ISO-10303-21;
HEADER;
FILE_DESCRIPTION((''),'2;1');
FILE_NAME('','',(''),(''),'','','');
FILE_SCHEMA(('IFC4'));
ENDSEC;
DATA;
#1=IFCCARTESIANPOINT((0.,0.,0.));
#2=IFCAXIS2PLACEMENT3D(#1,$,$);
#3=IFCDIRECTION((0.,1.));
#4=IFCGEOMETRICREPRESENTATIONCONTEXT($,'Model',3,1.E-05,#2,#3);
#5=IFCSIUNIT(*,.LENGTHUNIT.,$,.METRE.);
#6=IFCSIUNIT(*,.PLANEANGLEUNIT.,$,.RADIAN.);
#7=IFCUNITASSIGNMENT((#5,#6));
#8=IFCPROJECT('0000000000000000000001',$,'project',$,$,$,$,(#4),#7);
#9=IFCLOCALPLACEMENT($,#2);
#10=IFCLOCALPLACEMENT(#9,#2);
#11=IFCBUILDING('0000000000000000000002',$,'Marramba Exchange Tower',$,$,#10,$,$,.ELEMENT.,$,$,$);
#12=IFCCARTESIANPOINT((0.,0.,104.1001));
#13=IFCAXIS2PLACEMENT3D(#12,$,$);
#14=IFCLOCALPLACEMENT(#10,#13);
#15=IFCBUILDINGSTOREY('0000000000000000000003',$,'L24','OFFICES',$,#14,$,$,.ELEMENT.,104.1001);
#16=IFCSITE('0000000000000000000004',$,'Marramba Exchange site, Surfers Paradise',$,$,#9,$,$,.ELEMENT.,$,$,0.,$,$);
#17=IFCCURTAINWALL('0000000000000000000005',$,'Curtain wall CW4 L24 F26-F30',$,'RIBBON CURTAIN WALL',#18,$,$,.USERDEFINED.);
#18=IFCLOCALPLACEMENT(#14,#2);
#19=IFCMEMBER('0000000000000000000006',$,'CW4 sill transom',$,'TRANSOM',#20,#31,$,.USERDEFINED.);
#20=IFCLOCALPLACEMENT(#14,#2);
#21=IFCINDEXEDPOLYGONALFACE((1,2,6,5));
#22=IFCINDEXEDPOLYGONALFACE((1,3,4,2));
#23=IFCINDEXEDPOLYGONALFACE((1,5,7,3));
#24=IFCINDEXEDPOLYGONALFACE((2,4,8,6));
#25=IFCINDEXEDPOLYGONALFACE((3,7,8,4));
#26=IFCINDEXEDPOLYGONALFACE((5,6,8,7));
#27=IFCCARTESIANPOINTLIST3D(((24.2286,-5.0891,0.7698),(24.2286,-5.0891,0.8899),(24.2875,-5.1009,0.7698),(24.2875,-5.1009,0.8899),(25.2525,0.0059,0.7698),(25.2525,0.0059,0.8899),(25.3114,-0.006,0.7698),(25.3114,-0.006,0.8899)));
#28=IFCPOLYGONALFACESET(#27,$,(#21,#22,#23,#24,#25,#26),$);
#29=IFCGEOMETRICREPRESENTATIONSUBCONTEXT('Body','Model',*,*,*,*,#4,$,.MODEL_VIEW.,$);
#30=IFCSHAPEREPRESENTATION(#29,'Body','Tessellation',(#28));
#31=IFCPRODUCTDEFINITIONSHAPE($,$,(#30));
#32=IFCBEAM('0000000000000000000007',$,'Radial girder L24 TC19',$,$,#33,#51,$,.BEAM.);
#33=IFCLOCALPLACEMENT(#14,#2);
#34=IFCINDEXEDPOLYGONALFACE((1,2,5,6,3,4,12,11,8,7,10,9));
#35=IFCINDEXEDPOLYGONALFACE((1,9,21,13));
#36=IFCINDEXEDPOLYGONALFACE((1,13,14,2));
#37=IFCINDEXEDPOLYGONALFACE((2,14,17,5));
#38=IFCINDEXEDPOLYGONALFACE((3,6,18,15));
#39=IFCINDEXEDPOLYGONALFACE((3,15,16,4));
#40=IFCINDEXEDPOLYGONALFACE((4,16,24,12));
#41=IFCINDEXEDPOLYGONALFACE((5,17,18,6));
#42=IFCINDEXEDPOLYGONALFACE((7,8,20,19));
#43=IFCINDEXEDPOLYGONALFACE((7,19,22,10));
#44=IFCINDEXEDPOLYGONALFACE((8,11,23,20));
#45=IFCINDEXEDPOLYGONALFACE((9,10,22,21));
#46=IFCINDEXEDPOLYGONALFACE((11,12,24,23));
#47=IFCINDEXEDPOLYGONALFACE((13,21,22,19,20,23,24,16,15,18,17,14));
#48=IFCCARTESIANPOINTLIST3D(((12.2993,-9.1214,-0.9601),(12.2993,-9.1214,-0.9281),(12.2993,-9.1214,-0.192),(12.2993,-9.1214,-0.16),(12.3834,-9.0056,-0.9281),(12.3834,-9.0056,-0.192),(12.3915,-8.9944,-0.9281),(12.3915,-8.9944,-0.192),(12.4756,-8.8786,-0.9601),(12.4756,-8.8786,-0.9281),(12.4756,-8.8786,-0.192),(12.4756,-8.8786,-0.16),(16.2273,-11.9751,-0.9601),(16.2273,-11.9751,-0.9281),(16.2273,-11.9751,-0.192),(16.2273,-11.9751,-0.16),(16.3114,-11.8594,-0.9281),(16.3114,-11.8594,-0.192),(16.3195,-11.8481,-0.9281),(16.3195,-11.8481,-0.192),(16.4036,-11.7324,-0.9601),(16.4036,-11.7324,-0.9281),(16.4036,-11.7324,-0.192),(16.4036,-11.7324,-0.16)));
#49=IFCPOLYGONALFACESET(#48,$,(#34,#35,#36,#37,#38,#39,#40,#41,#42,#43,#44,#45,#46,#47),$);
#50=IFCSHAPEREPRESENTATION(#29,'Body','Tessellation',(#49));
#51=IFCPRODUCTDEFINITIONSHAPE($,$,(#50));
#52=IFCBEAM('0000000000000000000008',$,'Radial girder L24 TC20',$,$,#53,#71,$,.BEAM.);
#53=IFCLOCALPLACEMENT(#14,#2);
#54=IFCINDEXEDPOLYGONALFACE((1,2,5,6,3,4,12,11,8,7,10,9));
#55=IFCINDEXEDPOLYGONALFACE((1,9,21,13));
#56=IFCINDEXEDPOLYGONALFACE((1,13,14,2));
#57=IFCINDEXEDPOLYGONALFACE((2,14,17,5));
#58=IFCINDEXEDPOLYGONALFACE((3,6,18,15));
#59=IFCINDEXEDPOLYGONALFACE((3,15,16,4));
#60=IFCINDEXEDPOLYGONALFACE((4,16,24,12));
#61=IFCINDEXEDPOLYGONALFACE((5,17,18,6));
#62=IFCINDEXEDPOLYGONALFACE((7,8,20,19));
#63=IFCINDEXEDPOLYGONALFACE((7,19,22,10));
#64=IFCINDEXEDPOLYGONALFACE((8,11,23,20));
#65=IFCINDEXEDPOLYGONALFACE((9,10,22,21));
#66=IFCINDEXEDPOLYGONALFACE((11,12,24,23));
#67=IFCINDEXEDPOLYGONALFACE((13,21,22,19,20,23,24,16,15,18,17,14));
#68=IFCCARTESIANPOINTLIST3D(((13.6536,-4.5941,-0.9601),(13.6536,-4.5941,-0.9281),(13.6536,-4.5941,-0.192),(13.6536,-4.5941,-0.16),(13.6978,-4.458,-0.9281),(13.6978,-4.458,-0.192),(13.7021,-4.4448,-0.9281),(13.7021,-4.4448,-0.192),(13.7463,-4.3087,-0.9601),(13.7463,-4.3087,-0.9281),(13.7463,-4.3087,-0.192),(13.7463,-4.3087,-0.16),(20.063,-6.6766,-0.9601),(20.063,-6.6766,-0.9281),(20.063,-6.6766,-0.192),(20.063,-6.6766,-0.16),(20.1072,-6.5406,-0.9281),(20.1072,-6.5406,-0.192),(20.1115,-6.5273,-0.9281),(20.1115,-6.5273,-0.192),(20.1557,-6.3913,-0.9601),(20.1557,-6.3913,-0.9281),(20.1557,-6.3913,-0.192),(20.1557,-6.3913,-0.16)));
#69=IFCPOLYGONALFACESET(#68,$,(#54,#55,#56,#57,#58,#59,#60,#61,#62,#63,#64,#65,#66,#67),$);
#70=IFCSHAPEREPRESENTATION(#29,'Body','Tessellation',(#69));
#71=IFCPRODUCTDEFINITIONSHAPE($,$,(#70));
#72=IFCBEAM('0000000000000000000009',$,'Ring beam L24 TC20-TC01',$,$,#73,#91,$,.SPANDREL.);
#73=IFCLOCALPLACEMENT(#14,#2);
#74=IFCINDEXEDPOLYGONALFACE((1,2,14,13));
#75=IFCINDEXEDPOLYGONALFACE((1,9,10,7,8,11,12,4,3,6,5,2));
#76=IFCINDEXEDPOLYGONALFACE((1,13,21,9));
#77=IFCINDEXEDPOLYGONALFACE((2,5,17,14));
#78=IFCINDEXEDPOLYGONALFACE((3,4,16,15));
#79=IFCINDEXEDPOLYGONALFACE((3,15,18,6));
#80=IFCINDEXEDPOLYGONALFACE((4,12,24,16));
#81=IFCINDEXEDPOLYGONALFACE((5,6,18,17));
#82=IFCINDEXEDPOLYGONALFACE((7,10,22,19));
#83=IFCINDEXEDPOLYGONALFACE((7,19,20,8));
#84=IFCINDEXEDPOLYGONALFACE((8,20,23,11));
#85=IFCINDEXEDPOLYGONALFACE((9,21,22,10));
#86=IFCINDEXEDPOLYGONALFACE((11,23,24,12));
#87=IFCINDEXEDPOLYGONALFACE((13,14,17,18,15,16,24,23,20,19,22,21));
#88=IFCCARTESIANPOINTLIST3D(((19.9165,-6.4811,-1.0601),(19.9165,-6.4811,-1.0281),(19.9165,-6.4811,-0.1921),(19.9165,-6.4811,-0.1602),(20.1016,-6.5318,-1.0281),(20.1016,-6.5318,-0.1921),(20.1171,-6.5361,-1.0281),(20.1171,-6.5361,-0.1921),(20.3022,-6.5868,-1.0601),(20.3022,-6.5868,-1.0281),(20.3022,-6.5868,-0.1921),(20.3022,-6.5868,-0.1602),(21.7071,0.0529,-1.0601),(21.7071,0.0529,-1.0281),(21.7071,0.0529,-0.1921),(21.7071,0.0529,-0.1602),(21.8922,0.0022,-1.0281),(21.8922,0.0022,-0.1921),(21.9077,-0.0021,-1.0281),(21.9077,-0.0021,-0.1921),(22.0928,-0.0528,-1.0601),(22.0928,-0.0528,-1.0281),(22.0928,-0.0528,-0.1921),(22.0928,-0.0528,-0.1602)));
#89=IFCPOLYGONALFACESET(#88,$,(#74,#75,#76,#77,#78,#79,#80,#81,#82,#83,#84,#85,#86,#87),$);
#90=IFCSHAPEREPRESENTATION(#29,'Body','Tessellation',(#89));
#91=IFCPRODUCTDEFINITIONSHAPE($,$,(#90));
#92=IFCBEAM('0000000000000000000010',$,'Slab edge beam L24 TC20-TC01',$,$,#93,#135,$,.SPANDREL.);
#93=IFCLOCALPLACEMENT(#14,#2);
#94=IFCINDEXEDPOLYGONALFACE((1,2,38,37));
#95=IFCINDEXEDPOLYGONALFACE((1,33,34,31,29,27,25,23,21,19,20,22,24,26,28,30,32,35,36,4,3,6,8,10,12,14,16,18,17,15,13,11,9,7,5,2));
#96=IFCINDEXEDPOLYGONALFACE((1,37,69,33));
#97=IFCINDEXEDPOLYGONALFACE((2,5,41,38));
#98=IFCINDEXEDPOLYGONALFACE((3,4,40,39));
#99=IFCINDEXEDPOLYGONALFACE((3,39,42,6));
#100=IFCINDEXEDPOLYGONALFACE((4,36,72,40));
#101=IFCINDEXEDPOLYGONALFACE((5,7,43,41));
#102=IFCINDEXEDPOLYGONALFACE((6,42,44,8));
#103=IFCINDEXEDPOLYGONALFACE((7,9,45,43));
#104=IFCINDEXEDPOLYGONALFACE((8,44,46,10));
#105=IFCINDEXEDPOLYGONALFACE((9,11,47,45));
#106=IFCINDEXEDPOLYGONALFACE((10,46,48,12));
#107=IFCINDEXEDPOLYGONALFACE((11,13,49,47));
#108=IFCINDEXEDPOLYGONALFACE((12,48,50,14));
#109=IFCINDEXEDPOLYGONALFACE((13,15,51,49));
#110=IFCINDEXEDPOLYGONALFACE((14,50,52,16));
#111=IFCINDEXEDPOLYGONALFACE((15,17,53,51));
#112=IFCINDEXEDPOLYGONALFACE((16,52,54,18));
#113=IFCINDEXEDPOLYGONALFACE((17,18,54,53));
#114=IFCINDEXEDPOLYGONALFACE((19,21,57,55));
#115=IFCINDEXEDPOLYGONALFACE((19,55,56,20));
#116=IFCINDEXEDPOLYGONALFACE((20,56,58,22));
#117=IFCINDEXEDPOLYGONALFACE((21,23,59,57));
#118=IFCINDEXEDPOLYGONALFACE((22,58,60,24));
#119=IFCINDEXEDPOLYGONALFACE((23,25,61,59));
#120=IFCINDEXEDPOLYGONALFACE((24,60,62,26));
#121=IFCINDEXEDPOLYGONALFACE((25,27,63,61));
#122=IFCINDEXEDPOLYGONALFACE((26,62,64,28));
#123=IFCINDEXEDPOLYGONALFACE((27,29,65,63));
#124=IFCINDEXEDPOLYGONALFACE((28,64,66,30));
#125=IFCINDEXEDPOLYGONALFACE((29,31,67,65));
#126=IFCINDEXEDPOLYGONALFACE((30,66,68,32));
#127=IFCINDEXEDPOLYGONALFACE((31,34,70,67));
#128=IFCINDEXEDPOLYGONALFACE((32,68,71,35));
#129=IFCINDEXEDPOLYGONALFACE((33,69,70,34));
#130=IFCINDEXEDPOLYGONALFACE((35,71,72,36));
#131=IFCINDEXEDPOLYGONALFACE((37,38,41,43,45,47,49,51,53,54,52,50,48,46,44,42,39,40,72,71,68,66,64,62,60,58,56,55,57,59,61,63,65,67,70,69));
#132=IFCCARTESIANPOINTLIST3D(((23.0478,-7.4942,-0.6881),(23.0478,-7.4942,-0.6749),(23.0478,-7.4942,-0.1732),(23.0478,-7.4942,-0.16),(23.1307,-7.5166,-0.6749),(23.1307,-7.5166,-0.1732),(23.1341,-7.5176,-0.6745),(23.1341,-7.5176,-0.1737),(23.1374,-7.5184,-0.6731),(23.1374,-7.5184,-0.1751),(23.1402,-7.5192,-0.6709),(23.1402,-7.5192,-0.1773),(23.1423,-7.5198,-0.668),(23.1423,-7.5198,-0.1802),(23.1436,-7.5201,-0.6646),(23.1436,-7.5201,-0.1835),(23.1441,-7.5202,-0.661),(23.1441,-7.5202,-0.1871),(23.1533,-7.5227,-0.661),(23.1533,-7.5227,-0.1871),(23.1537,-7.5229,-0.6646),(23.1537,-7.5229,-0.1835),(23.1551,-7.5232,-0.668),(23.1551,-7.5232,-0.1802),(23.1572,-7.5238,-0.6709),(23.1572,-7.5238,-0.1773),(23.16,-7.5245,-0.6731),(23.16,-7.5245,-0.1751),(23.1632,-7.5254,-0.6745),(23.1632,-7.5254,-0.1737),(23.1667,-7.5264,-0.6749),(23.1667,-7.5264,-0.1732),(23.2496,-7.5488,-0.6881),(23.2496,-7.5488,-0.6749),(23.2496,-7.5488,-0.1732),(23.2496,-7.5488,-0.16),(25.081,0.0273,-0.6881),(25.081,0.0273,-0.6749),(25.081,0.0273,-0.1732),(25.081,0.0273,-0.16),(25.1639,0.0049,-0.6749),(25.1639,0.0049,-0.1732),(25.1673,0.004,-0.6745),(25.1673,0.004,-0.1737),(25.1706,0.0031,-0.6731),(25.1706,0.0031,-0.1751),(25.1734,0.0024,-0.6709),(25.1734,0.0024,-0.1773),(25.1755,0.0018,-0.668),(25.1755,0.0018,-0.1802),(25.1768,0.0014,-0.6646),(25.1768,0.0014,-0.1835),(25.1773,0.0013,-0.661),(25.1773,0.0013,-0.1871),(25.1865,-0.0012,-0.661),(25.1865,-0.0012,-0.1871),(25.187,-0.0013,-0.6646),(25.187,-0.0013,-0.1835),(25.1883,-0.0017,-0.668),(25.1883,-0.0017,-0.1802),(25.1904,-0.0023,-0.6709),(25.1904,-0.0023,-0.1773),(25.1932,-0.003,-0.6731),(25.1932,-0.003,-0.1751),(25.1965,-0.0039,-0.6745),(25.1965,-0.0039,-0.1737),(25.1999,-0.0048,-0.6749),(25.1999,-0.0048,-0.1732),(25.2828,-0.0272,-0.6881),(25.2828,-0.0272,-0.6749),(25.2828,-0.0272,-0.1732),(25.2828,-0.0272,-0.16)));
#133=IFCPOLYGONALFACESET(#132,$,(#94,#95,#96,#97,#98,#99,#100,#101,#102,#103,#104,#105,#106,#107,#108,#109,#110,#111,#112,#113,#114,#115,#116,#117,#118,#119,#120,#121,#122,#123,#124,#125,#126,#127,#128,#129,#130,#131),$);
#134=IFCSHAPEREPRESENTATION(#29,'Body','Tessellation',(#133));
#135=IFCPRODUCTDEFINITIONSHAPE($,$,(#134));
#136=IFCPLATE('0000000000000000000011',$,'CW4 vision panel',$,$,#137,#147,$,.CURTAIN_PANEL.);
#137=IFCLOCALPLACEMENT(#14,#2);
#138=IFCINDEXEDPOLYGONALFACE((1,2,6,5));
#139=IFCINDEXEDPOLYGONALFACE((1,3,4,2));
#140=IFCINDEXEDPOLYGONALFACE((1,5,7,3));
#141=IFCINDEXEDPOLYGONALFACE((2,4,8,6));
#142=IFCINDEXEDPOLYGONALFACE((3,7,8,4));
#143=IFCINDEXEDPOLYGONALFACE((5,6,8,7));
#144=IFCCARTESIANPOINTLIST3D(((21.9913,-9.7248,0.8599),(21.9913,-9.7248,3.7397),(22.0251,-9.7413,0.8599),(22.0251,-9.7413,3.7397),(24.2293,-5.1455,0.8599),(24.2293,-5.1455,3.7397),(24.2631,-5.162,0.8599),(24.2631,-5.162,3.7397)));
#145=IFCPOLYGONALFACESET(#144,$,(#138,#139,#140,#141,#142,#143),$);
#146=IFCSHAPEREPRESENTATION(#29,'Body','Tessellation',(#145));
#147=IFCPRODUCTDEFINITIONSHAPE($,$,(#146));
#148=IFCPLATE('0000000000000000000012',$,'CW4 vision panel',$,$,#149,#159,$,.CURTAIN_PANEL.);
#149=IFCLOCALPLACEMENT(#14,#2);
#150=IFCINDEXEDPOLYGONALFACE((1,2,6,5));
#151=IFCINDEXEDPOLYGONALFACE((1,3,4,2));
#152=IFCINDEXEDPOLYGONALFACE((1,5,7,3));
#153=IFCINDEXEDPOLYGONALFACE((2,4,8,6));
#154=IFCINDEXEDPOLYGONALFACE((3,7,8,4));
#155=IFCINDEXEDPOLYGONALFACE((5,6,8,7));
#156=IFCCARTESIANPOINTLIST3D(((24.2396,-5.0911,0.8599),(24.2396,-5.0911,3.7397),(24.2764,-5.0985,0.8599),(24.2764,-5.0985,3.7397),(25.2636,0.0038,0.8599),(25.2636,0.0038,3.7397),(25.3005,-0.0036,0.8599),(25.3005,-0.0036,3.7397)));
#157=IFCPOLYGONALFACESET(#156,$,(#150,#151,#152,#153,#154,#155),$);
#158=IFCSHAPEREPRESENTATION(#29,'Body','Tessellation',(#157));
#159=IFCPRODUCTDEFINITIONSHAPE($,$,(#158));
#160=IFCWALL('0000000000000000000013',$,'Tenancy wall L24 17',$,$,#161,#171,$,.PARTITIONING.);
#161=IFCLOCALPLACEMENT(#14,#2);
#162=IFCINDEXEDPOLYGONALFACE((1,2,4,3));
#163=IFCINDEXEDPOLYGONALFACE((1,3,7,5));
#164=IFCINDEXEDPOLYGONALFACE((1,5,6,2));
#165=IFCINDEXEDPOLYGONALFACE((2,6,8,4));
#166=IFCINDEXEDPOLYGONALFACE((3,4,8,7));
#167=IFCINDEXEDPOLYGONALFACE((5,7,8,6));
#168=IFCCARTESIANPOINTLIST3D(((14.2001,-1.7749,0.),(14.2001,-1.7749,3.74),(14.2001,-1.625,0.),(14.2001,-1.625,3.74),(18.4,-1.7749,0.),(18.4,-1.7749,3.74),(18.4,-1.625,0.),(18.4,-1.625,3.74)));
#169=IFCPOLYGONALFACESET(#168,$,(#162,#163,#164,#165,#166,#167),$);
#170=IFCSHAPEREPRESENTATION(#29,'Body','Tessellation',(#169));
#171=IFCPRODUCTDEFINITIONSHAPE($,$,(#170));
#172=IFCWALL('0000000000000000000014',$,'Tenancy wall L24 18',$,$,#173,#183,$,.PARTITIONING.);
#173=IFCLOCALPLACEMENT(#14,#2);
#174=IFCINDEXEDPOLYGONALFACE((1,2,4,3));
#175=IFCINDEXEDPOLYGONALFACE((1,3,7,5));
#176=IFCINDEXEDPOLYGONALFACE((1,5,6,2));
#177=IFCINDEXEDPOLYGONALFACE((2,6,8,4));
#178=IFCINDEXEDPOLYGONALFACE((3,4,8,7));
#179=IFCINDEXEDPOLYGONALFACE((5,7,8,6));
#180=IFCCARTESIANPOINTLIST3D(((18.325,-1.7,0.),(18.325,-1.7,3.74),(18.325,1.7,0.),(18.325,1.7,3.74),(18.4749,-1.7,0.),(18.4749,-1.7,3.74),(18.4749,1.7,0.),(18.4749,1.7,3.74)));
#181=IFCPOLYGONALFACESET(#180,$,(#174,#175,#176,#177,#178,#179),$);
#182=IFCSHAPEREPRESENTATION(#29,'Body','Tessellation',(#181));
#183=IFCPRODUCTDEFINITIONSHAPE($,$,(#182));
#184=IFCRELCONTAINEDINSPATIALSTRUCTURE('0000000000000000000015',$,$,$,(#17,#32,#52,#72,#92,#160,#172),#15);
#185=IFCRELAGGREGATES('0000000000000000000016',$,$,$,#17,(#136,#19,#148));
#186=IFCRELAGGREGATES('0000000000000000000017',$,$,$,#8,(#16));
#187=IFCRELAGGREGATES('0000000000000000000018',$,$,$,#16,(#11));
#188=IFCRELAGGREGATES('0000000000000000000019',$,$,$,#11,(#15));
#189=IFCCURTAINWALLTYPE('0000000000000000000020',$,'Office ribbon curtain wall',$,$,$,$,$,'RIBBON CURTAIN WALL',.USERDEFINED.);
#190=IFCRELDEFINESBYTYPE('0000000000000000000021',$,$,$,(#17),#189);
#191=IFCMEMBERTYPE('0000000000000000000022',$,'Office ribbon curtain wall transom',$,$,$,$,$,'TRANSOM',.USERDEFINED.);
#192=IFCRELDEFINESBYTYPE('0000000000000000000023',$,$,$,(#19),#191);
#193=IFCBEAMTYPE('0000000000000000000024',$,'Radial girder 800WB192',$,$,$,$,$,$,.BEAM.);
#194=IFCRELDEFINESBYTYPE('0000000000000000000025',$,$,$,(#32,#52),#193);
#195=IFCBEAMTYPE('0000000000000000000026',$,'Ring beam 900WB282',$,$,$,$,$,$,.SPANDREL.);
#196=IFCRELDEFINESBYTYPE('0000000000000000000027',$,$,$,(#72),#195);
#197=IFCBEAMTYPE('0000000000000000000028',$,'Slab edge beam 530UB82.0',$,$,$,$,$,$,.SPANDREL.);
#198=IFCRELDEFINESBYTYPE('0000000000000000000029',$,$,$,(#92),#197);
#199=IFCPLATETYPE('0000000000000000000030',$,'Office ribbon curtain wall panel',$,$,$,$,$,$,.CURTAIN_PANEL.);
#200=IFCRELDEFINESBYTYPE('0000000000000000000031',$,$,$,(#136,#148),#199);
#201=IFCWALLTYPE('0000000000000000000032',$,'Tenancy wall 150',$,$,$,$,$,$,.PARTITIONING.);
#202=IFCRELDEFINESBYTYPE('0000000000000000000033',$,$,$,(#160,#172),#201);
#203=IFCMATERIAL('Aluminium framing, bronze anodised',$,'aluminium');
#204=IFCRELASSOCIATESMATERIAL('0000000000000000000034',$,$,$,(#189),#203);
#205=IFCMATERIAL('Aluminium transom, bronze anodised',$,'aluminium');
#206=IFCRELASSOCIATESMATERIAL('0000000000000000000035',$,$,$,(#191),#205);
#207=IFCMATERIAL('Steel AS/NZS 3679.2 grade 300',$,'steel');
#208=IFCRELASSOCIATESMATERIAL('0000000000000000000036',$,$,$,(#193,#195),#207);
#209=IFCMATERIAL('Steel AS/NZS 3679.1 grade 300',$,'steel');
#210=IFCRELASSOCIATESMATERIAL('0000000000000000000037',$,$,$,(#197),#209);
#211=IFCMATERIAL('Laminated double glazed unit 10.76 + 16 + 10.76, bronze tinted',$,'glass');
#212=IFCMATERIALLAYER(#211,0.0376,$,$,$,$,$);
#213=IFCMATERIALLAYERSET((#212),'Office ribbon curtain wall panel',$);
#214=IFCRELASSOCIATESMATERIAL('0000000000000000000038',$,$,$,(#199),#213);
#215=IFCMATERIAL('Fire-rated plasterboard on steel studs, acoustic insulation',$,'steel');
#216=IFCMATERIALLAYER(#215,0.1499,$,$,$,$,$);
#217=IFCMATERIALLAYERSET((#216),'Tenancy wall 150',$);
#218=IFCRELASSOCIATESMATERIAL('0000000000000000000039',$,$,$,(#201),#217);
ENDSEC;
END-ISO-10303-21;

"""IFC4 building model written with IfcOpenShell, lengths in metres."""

from ifc_helpers import new_model, si_unit, direction, frame, frame_2d, origin, origin_2d, place, context, subcontext, project, spatial, rectangle, i_section, extrude, material, layer, layer_set, material_profile, profile_set, type_object, element, aggregate, save


model = new_model("IFC4")

# Units and contexts
model_context = context("Model", 3, precision=1e-05, world=origin(), true_north=direction((0.0, 1.0)))
body_context = subcontext(model_context, "Body", "Model", "MODEL_VIEW")
ifc_project = project(units=[si_unit("LENGTHUNIT", "METRE"), si_unit("PLANEANGLEUNIT", "RADIAN")], contexts=[model_context])

# Site, building, storey
site_placement = place(None, origin())
site = spatial("IfcSite", under=ifc_project, at=site_placement, Name="Marramba Exchange site, Surfers Paradise", CompositionType="ELEMENT", RefElevation=0.0)
building_placement = place(site_placement, origin())
building = spatial("IfcBuilding", under=site, at=building_placement, Name="Marramba Exchange Tower", CompositionType="ELEMENT")
storey_placement = place(building_placement, frame((0.0, 0.0, 104.1001)))
storey = spatial("IfcBuildingStorey", under=building, at=storey_placement, Name="L24", Description="OFFICES", CompositionType="ELEMENT", Elevation=104.1001)

# Shared definitions
ifc_material_1 = material(Name="Steel AS/NZS 3679.2 grade 300", Category="steel")
ifc_material_2 = material(Name="Steel AS/NZS 3679.1 grade 300", Category="steel")

# Curtain wall, member
ifc_material_3 = material(Name="Aluminium framing, bronze anodised", Category="aluminium")
curtain_wall_type = type_object("IfcCurtainWallType", Name="Office ribbon curtain wall", ElementType="RIBBON CURTAIN WALL", PredefinedType="USERDEFINED", material=ifc_material_3)
curtain_wall_placement = place(storey_placement, origin())
curtain_wall = element("IfcCurtainWall", 1, at=curtain_wall_placement, inside=storey, type_object=curtain_wall_type, Name="Curtain wall CW4 L24 F26-F30", ObjectType="RIBBON CURTAIN WALL", PredefinedType="USERDEFINED")
ifc_material_4 = material(Name="Aluminium transom, bronze anodised", Category="aluminium")
ifc_material_profile_1 = material_profile(ifc_material_4, rectangle(XDim=0.0601, YDim=0.1201, at=origin_2d()), Name="CW4 transom 60x120")
ifc_profile_set_1 = profile_set([ifc_material_profile_1], Name="Aluminium transom, bronze anodised")
member_type_1 = type_object("IfcMemberType", Name="Office ribbon curtain wall transom", ElementType="TRANSOM", PredefinedType="USERDEFINED", material=ifc_profile_set_1)
member_1_placement = place(storey_placement, frame((24.2581, -5.095, 0.8298), z_axis=(0.197029, 0.980398, 0.0), x_axis=(-0.980398, 0.197029, 0.0)))
member_1 = element("IfcMember", 2, at=member_1_placement, type_object=member_type_1, Name="CW4 sill transom", ObjectType="TRANSOM", PredefinedType="USERDEFINED", context=body_context, shape_type="SweptSolid", body=[
    extrude(rectangle(XDim=0.0601, YDim=0.1201, at=origin_2d()), origin(), (0.0, 0.0, 1.0), 5.1968),
])

# Beams
ifc_material_profile_2 = material_profile(ifc_material_1, i_section(OverallWidth=0.3, OverallDepth=0.8, WebThickness=0.0139, FlangeThickness=0.032, at=origin_2d()), Name="800WB192")
ifc_profile_set_2 = profile_set([ifc_material_profile_2], Name="Steel AS/NZS 3679.2 grade 300")
beam_type_1 = type_object("IfcBeamType", Name="Radial girder 800WB192", PredefinedType="BEAM", material=ifc_profile_set_2)
beam_1_placement = place(storey_placement, frame((12.3875, -9.0, -0.5601), z_axis=(0.809025, -0.587774, 0.0), x_axis=(0.587774, 0.809025, 0.0)))
element("IfcBeam", 3, at=beam_1_placement, inside=storey, type_object=beam_type_1, Name="Radial girder L24 TC19", PredefinedType="BEAM", context=body_context, shape_type="SweptSolid", body=[
    extrude(i_section(OverallWidth=0.3, OverallDepth=0.8, WebThickness=0.0139, FlangeThickness=0.032, at=origin_2d()), origin(), (0.0, 0.0, 1.0), 4.8552),
])
beam_2_placement = place(storey_placement, frame((13.7, -4.4514, -0.5601), z_axis=(0.951058, -0.309013, 0.0), x_axis=(0.309013, 0.951058, 0.0)))
element("IfcBeam", 4, at=beam_2_placement, inside=storey, type_object=beam_type_1, Name="Radial girder L24 TC20", PredefinedType="BEAM", context=body_context, shape_type="SweptSolid", body=[
    extrude(i_section(OverallWidth=0.3, OverallDepth=0.8, WebThickness=0.0139, FlangeThickness=0.032, at=origin_2d()), origin(), (0.0, 0.0, 1.0), 6.7393),
])
ifc_material_profile_3 = material_profile(ifc_material_1, i_section(OverallWidth=0.3999, OverallDepth=0.8999, WebThickness=0.0161, FlangeThickness=0.032, at=origin_2d()), Name="900WB282")
ifc_profile_set_3 = profile_set([ifc_material_profile_3], Name="Steel AS/NZS 3679.2 grade 300")
beam_type_2 = type_object("IfcBeamType", Name="Ring beam 900WB282", PredefinedType="SPANDREL", material=ifc_profile_set_3)
beam_3_placement = place(storey_placement, frame((20.1094, -6.5339, -0.6101), z_axis=(0.264291, 0.964443, 0.0), x_axis=(-0.964443, 0.264291, 0.0)))
element("IfcBeam", 5, at=beam_3_placement, inside=storey, type_object=beam_type_2, Name="Ring beam L24 TC20-TC01", PredefinedType="SPANDREL", context=body_context, shape_type="SweptSolid", body=[
    extrude(i_section(OverallWidth=0.3999, OverallDepth=0.8999, WebThickness=0.0161, FlangeThickness=0.032, at=origin_2d()), origin(), (0.0, 0.0, 1.0), 6.7749),
])
ifc_material_profile_4 = material_profile(ifc_material_2, i_section(OverallWidth=0.209, OverallDepth=0.5281, WebThickness=0.0095, FlangeThickness=0.0132, FilletRadius=0.0139, at=origin_2d()), Name="530UB82.0")
ifc_profile_set_4 = profile_set([ifc_material_profile_4], Name="Steel AS/NZS 3679.1 grade 300")
beam_type_3 = type_object("IfcBeamType", Name="Slab edge beam 530UB82.0", PredefinedType="SPANDREL", material=ifc_profile_set_4)
beam_4_placement = place(storey_placement, frame((23.1487, -7.5215, -0.4241), z_axis=(0.260953, 0.965351, 0.0), x_axis=(-0.965351, 0.260953, 0.0)))
element("IfcBeam", 6, at=beam_4_placement, inside=storey, type_object=beam_type_3, Name="Slab edge beam L24 TC20-TC01", PredefinedType="SPANDREL", context=body_context, shape_type="SweptSolid", body=[
    extrude(i_section(OverallWidth=0.209, OverallDepth=0.5281, WebThickness=0.0095, FlangeThickness=0.0132, FilletRadius=0.0139, at=origin_2d()), origin(), (0.0, 0.0, 1.0), 7.7915),
])

# Plates
ifc_material_5 = material(Name="Laminated double glazed unit 10.76 + 16 + 10.76, bronze tinted", Category="glass")
ifc_layer_1 = layer(ifc_material_5, 0.0376)
ifc_layer_set_1 = layer_set([ifc_layer_1], Name="Office ribbon curtain wall panel")
plate_type = type_object("IfcPlateType", Name="Office ribbon curtain wall panel", PredefinedType="CURTAIN_PANEL", material=ifc_layer_set_1)
plate_1_placement = place(storey_placement, frame((23.1272, -7.4434, 0.8599), z_axis=(0.0, 0.0, 1.0), x_axis=(0.439086, 0.898445, 0.0)))
plate_1 = element("IfcPlate", 7, at=plate_1_placement, type_object=plate_type, Name="CW4 vision panel", PredefinedType="CURTAIN_PANEL", context=body_context, shape_type="SweptSolid", body=[
    extrude(rectangle(XDim=5.0969, YDim=0.0376, at=origin_2d()), origin(), (0.0, 0.0, 1.0), 2.8799),
])
plate_2_placement = place(storey_placement, frame((24.77, -2.5474, 0.8599), z_axis=(0.0, 0.0, 1.0), x_axis=(0.197049, 0.980394, 0.0)))
plate_2 = element("IfcPlate", 8, at=plate_2_placement, type_object=plate_type, Name="CW4 vision panel", PredefinedType="CURTAIN_PANEL", context=body_context, shape_type="SweptSolid", body=[
    extrude(rectangle(XDim=5.1968, YDim=0.0376, at=origin_2d()), origin(), (0.0, 0.0, 1.0), 2.8799),
])
aggregate(curtain_wall, [plate_1, member_1, plate_2])

# Walls
ifc_material_6 = material(Name="Fire-rated plasterboard on steel studs, acoustic insulation", Category="steel")
ifc_layer_2 = layer(ifc_material_6, 0.1499)
ifc_layer_set_2 = layer_set([ifc_layer_2], Name="Tenancy wall 150")
wall_type_1 = type_object("IfcWallType", Name="Tenancy wall 150", PredefinedType="PARTITIONING", material=ifc_layer_set_2)
wall_1_placement = place(storey_placement, frame((14.2, -1.7, 0.0), z_axis=(0.0, 0.0, 1.0), x_axis=(1.0, 0.0, 0.0)))
element("IfcWall", 9, at=wall_1_placement, inside=storey, type_object=wall_type_1, Name="Tenancy wall L24 17", PredefinedType="PARTITIONING", context=body_context, shape_type="SweptSolid", body=[
    extrude(rectangle(XDim=4.2, YDim=0.1499, at=frame_2d((2.1001, 0.0))), origin(), (0.0, 0.0, 1.0), 3.74),
])
wall_2_placement = place(storey_placement, frame((18.3999, -1.7, 0.0), z_axis=(0.0, 0.0, 1.0), x_axis=(0.0, 1.0, 0.0)))
element("IfcWall", 10, at=wall_2_placement, inside=storey, type_object=wall_type_1, Name="Tenancy wall L24 18", PredefinedType="PARTITIONING", context=body_context, shape_type="SweptSolid", body=[
    extrude(rectangle(XDim=3.3999, YDim=0.1499, at=frame_2d((1.7, 0.0))), origin(), (0.0, 0.0, 1.0), 3.74),
])

save(model, "model.ifc")
